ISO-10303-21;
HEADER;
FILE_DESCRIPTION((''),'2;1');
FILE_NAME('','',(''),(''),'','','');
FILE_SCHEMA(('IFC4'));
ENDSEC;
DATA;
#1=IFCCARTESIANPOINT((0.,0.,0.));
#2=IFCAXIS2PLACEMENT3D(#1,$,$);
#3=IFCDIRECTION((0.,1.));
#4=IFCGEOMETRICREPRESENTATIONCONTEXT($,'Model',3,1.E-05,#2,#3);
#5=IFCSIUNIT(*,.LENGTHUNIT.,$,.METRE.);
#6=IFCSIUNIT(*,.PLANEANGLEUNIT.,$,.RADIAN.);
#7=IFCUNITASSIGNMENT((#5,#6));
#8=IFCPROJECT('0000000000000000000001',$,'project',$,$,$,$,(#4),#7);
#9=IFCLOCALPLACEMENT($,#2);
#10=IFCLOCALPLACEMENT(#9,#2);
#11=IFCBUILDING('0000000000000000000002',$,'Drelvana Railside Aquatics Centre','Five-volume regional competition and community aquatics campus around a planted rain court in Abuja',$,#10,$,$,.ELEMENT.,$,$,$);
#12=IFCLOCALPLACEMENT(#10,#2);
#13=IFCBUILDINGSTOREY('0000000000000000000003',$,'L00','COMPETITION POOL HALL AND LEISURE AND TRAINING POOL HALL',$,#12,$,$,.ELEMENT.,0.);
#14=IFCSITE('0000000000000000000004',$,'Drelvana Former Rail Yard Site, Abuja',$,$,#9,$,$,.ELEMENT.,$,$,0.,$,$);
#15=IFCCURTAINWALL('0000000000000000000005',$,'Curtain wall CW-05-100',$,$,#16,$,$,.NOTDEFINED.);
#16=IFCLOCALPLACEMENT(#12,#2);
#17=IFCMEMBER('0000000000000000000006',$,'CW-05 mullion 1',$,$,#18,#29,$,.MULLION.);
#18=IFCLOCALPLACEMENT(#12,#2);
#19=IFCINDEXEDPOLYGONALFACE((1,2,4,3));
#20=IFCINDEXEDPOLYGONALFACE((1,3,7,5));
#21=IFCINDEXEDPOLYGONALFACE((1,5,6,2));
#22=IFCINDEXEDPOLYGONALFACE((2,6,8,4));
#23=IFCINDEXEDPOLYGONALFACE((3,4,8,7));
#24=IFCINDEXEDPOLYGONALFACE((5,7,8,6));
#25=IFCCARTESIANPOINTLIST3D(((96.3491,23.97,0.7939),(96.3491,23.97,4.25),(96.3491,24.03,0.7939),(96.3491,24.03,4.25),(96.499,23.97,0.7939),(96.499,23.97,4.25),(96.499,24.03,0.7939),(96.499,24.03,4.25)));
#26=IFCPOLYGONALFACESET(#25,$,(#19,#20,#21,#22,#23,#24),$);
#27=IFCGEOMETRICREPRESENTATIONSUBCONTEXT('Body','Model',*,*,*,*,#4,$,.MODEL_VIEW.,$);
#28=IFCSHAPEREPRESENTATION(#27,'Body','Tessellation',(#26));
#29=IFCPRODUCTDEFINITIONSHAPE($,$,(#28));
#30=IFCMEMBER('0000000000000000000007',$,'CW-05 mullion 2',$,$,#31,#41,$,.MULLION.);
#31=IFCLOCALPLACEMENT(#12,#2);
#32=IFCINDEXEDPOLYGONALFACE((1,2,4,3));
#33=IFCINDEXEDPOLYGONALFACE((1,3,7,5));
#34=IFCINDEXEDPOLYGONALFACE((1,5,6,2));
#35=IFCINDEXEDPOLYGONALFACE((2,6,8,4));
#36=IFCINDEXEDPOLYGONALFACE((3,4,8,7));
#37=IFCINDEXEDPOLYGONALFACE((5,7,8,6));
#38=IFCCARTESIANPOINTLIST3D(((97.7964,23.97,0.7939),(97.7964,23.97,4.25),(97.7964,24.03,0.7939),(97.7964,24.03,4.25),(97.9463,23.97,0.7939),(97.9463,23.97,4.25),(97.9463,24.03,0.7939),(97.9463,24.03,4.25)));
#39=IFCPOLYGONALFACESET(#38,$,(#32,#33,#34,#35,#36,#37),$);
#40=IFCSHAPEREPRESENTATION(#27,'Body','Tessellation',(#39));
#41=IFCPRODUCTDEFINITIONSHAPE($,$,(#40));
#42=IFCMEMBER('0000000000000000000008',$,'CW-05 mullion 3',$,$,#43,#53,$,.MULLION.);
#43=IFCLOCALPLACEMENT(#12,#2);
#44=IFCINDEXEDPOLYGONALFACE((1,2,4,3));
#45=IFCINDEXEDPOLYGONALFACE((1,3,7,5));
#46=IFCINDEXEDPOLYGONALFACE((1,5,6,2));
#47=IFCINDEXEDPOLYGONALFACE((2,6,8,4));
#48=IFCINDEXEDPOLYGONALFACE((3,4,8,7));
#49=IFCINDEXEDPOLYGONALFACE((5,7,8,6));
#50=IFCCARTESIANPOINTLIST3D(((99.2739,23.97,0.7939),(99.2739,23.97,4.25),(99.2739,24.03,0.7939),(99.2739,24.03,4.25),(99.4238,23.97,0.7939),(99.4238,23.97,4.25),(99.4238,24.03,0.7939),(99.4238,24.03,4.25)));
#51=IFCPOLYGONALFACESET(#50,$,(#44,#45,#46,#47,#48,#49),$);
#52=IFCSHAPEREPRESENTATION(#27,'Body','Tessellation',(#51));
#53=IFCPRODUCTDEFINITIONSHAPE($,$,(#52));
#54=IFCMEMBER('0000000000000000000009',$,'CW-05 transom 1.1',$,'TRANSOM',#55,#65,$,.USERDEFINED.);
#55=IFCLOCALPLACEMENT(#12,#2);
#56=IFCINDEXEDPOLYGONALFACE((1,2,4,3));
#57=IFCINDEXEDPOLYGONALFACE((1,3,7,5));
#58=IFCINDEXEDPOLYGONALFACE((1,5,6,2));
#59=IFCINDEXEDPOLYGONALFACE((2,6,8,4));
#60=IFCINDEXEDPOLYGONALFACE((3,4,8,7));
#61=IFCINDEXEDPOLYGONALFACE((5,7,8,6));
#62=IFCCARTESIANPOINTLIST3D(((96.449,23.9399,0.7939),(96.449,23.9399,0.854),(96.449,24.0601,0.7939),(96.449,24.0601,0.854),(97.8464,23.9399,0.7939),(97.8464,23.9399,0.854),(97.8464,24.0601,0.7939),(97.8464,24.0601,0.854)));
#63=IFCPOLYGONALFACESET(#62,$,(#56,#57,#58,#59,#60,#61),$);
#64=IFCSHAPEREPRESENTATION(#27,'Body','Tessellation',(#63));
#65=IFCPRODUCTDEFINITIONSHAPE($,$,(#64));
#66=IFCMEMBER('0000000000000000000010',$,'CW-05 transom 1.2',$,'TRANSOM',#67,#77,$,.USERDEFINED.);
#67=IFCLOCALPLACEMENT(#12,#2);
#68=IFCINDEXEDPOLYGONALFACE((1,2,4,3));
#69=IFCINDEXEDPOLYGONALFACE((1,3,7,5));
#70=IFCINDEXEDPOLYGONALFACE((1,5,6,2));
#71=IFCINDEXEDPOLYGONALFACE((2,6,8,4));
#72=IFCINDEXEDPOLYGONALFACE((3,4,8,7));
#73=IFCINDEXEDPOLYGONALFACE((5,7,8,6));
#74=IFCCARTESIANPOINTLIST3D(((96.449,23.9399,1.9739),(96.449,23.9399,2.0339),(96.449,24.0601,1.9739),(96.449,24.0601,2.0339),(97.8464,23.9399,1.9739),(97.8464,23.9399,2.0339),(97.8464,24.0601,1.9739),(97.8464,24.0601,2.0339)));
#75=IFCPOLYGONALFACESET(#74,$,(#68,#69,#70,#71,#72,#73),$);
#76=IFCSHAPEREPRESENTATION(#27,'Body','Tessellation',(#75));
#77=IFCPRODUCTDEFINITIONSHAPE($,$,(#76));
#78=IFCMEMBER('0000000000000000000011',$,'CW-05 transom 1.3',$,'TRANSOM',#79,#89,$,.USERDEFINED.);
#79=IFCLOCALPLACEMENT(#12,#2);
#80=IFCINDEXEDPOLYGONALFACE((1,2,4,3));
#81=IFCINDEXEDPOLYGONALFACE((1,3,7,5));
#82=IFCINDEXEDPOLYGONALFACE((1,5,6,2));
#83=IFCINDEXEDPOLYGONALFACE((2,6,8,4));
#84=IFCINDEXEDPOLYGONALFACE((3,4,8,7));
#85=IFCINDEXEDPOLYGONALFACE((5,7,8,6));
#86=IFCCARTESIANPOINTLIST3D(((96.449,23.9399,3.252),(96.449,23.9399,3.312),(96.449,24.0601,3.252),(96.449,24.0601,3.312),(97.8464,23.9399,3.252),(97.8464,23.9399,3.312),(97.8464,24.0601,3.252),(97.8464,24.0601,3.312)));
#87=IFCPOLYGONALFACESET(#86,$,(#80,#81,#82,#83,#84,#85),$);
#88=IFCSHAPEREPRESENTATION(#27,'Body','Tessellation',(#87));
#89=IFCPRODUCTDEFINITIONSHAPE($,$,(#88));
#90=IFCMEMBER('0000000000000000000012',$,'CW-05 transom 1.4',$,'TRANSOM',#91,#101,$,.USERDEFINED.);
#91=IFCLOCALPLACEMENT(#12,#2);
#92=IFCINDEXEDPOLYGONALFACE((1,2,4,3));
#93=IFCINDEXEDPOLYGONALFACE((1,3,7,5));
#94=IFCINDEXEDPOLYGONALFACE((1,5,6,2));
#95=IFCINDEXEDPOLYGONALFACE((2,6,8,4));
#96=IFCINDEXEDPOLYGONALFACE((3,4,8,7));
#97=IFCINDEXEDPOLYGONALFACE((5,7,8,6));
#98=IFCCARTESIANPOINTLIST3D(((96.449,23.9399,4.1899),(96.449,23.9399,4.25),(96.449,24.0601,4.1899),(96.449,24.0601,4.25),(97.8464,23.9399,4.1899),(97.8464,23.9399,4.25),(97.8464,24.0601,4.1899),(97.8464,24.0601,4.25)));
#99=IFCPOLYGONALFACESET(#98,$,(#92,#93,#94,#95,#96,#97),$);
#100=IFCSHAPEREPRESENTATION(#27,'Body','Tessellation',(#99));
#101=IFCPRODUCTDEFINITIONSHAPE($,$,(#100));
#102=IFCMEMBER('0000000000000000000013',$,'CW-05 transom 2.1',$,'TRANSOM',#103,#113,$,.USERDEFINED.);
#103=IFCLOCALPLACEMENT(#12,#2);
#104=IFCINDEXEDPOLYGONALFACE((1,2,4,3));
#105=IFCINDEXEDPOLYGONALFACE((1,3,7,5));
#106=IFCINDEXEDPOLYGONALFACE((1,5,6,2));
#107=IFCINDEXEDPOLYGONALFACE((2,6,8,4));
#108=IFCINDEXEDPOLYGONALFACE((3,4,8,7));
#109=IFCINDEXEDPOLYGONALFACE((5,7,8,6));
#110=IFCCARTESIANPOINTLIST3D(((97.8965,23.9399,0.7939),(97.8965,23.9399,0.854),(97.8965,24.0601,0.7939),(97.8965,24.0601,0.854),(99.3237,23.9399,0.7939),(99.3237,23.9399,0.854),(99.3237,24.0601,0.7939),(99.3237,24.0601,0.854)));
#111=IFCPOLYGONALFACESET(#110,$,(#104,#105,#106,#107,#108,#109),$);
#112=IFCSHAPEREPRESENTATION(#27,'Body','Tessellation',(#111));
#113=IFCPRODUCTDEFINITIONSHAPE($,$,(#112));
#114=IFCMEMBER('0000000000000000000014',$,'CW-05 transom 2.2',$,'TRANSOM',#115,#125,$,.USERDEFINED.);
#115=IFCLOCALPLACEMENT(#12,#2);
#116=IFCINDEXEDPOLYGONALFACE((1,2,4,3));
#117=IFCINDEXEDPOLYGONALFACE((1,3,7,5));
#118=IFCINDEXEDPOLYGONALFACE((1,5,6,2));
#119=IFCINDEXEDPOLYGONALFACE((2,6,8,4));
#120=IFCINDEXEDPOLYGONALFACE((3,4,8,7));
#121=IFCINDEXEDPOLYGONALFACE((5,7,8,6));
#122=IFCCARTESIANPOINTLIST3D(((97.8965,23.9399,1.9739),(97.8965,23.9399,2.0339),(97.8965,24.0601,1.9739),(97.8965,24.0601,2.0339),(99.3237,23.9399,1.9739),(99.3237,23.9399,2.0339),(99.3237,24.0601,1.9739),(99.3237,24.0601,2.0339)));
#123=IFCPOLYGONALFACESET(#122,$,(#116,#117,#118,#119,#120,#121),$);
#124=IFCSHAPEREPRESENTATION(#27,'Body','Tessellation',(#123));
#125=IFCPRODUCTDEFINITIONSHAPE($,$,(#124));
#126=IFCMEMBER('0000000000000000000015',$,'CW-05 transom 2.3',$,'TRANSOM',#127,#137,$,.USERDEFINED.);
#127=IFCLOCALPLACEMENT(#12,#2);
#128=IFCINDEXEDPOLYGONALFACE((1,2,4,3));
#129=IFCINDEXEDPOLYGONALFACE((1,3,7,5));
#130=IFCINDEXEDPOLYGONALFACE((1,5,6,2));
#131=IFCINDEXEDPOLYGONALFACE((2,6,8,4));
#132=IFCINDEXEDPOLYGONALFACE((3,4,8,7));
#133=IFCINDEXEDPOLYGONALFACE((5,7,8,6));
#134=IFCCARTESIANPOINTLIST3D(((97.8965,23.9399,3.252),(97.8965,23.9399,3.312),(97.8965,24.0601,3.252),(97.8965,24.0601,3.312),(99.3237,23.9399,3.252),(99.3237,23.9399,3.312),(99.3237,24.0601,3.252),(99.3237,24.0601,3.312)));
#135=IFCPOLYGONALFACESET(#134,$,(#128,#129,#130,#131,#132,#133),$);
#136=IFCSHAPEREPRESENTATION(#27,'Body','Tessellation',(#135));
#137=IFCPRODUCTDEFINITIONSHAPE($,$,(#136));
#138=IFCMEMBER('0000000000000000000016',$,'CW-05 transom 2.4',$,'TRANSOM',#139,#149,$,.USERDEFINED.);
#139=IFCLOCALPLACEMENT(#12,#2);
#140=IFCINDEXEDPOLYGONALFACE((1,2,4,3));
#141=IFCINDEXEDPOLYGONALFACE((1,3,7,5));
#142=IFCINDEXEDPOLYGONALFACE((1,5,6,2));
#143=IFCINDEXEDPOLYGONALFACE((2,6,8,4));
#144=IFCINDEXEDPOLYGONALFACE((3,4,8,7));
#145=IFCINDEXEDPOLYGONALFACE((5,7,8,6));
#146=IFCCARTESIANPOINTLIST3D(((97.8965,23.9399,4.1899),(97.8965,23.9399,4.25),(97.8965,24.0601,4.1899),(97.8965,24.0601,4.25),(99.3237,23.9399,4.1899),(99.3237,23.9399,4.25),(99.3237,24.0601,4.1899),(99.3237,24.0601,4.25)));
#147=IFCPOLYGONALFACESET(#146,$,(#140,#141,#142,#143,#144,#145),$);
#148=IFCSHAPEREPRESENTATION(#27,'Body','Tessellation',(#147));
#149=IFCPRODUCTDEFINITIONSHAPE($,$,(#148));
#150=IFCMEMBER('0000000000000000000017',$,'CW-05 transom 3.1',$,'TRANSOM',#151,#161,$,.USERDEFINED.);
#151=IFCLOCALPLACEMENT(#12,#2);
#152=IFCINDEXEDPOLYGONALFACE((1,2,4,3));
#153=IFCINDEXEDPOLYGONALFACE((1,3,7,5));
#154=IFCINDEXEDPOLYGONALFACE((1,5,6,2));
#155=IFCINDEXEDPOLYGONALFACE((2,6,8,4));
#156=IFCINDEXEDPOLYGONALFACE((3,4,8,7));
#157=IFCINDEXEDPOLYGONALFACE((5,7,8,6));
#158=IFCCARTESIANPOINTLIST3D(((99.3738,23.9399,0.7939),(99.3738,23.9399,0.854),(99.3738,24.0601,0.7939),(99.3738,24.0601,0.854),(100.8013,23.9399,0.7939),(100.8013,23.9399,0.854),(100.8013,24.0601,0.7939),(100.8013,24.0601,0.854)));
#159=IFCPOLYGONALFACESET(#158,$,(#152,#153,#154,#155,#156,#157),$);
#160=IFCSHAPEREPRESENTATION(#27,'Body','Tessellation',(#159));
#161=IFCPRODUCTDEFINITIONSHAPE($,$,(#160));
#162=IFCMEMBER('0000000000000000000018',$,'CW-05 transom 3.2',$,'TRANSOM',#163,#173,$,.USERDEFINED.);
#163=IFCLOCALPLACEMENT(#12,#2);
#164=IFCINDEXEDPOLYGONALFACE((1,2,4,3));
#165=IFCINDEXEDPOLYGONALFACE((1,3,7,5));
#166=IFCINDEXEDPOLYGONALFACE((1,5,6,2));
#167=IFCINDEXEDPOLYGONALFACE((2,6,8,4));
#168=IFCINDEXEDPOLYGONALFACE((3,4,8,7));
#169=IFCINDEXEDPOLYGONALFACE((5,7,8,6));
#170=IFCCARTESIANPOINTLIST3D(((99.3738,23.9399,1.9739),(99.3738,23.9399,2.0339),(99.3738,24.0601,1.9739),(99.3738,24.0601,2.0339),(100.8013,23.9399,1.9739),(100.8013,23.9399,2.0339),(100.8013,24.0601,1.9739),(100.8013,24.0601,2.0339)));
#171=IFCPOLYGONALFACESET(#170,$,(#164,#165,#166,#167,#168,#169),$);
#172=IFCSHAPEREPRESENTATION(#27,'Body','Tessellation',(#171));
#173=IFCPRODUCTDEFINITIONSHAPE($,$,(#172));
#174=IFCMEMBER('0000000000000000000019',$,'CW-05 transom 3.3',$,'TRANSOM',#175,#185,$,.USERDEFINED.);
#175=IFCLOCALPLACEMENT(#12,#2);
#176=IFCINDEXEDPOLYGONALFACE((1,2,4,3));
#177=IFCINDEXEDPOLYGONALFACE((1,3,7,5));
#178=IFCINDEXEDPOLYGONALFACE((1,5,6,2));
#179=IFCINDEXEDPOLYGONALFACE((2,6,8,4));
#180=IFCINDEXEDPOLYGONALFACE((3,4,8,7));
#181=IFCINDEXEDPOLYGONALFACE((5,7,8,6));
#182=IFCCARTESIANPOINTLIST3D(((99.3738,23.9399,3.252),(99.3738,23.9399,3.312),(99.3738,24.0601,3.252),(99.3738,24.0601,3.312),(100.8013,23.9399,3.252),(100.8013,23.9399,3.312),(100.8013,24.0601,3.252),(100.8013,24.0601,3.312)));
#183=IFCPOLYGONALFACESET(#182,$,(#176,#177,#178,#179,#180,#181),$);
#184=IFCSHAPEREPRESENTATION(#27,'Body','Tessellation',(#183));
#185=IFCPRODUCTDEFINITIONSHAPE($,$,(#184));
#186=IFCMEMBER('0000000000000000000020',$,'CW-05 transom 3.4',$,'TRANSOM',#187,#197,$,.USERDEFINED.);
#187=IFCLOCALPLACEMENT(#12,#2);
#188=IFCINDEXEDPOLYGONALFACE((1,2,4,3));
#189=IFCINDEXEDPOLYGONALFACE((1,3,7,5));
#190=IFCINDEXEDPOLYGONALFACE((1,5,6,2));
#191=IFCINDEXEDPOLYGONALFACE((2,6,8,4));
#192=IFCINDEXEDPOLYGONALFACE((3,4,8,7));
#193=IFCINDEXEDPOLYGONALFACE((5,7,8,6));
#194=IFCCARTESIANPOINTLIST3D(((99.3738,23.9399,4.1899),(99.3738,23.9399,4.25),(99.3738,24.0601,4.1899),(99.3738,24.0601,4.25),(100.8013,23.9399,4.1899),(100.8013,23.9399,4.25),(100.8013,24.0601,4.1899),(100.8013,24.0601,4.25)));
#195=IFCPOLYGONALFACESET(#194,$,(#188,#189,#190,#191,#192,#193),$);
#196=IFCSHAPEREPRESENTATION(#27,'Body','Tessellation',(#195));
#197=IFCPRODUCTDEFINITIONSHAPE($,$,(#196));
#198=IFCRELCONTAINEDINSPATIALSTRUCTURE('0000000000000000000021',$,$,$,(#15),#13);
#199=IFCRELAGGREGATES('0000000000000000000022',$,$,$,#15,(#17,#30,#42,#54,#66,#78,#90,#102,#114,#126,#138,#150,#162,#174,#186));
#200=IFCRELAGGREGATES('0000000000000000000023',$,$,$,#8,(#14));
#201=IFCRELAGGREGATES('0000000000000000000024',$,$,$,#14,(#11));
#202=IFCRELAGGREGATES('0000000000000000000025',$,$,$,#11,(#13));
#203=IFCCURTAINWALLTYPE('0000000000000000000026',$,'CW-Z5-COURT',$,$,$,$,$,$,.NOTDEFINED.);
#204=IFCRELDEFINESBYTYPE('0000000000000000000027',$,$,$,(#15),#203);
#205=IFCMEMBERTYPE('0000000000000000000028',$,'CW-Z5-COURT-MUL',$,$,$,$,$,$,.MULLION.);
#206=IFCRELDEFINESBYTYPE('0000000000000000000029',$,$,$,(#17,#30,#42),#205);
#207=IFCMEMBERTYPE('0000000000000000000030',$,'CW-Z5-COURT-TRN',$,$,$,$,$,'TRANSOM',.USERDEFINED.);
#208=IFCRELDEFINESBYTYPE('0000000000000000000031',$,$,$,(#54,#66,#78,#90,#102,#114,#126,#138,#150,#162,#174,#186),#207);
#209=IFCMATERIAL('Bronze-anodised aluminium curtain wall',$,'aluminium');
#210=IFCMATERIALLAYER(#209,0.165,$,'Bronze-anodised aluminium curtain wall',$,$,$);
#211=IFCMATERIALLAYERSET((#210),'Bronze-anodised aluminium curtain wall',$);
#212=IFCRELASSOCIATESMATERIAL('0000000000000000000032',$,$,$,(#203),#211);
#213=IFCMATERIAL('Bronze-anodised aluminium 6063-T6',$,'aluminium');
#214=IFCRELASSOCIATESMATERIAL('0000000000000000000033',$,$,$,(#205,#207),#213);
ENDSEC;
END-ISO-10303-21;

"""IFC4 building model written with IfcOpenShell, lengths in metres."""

from ifc_helpers import new_model, si_unit, direction, frame, origin, origin_2d, place, context, subcontext, project, spatial, rectangle, extrude, material, layer, layer_set, material_profile, profile_set, type_object, element, aggregate, save


model = new_model("IFC4")

# Units and contexts
model_context = context("Model", 3, precision=1e-05, world=origin(), true_north=direction((0.0, 1.0)))
body_context = subcontext(model_context, "Body", "Model", "MODEL_VIEW")
ifc_project = project(units=[si_unit("LENGTHUNIT", "METRE"), si_unit("PLANEANGLEUNIT", "RADIAN")], contexts=[model_context])

# Site, building, storey
site_placement = place(None, origin())
site = spatial("IfcSite", under=ifc_project, at=site_placement, Name="Drelvana Former Rail Yard Site, Abuja", CompositionType="ELEMENT", RefElevation=0.0)
building_placement = place(site_placement, origin())
building = spatial("IfcBuilding", under=site, at=building_placement, Name="Drelvana Railside Aquatics Centre", Description="Five-volume regional competition and community aquatics campus around a planted rain court in Abuja", CompositionType="ELEMENT")
storey_placement = place(building_placement, origin())
storey = spatial("IfcBuildingStorey", under=building, at=storey_placement, Name="L00", Description="COMPETITION POOL HALL AND LEISURE AND TRAINING POOL HALL", CompositionType="ELEMENT", Elevation=0.0)

# Curtain wall, members
ifc_material_1 = material(Name="Bronze-anodised aluminium curtain wall", Category="aluminium")
ifc_layer_1 = layer(ifc_material_1, 0.165, Name="Bronze-anodised aluminium curtain wall")
ifc_layer_set_1 = layer_set([ifc_layer_1], Name="Bronze-anodised aluminium curtain wall")
curtain_wall_type = type_object("IfcCurtainWallType", Name="CW-Z5-COURT", PredefinedType="NOTDEFINED", material=ifc_layer_set_1)
curtain_wall_placement = place(storey_placement, origin())
curtain_wall = element("IfcCurtainWall", 1, at=curtain_wall_placement, inside=storey, type_object=curtain_wall_type, Name="Curtain wall CW-05-100", PredefinedType="NOTDEFINED")
ifc_material_2 = material(Name="Bronze-anodised aluminium 6063-T6", Category="aluminium")
ifc_material_profile_1 = material_profile(ifc_material_2, rectangle(XDim=0.0601, YDim=0.1499, at=origin_2d()), Name="ALU-M 60x150")
ifc_profile_set_1 = profile_set([ifc_material_profile_1], Name="Bronze-anodised aluminium 6063-T6")
member_type_1 = type_object("IfcMemberType", Name="CW-Z5-COURT-MUL", PredefinedType="MULLION", material=ifc_profile_set_1)
member_1_placement = place(storey_placement, frame((96.4241, 24.0, 0.7939), z_axis=(0.0, 0.0, 1.0), x_axis=(0.0, 1.0, 0.0)))
member_1 = element("IfcMember", 2, at=member_1_placement, type_object=member_type_1, Name="CW-05 mullion 1", PredefinedType="MULLION", context=body_context, shape_type="SweptSolid", body=[
    extrude(rectangle(XDim=0.0601, YDim=0.1499, at=origin_2d()), origin(), (0.0, 0.0, 1.0), 3.4561),
])
member_2_placement = place(storey_placement, frame((97.8713, 24.0, 0.7939), z_axis=(0.0, 0.0, 1.0), x_axis=(0.0, 1.0, 0.0)))
member_2 = element("IfcMember", 3, at=member_2_placement, type_object=member_type_1, Name="CW-05 mullion 2", PredefinedType="MULLION", context=body_context, shape_type="SweptSolid", body=[
    extrude(rectangle(XDim=0.0601, YDim=0.1499, at=origin_2d()), origin(), (0.0, 0.0, 1.0), 3.4561),
])
member_3_placement = place(storey_placement, frame((99.3489, 24.0, 0.7939), z_axis=(0.0, 0.0, 1.0), x_axis=(0.0, 1.0, 0.0)))
member_3 = element("IfcMember", 4, at=member_3_placement, type_object=member_type_1, Name="CW-05 mullion 3", PredefinedType="MULLION", context=body_context, shape_type="SweptSolid", body=[
    extrude(rectangle(XDim=0.0601, YDim=0.1499, at=origin_2d()), origin(), (0.0, 0.0, 1.0), 3.4561),
])
ifc_material_profile_2 = material_profile(ifc_material_2, rectangle(XDim=0.1201, YDim=0.0601, at=origin_2d()), Name="ALU-T 60x120")
ifc_profile_set_2 = profile_set([ifc_material_profile_2], Name="Bronze-anodised aluminium 6063-T6")
member_type_2 = type_object("IfcMemberType", Name="CW-Z5-COURT-TRN", ElementType="TRANSOM", PredefinedType="USERDEFINED", material=ifc_profile_set_2)
member_4_placement = place(storey_placement, frame((96.449, 24.0, 0.824), z_axis=(1.0, 0.0, 0.0), x_axis=(0.0, 1.0, 0.0)))
member_4 = element("IfcMember", 5, at=member_4_placement, type_object=member_type_2, Name="CW-05 transom 1.1", ObjectType="TRANSOM", PredefinedType="USERDEFINED", context=body_context, shape_type="SweptSolid", body=[
    extrude(rectangle(XDim=0.1201, YDim=0.0601, at=origin_2d()), origin(), (0.0, 0.0, 1.0), 1.3975),
])
member_5_placement = place(storey_placement, frame((96.449, 24.0, 2.0039), z_axis=(1.0, 0.0, 0.0), x_axis=(0.0, 1.0, 0.0)))
member_5 = element("IfcMember", 6, at=member_5_placement, type_object=member_type_2, Name="CW-05 transom 1.2", ObjectType="TRANSOM", PredefinedType="USERDEFINED", context=body_context, shape_type="SweptSolid", body=[
    extrude(rectangle(XDim=0.1201, YDim=0.0601, at=origin_2d()), origin(), (0.0, 0.0, 1.0), 1.3975),
])
member_6_placement = place(storey_placement, frame((96.449, 24.0, 3.282), z_axis=(1.0, 0.0, 0.0), x_axis=(0.0, 1.0, 0.0)))
member_6 = element("IfcMember", 7, at=member_6_placement, type_object=member_type_2, Name="CW-05 transom 1.3", ObjectType="TRANSOM", PredefinedType="USERDEFINED", context=body_context, shape_type="SweptSolid", body=[
    extrude(rectangle(XDim=0.1201, YDim=0.0601, at=origin_2d()), origin(), (0.0, 0.0, 1.0), 1.3975),
])
member_7_placement = place(storey_placement, frame((96.449, 24.0, 4.22), z_axis=(1.0, 0.0, 0.0), x_axis=(0.0, 1.0, 0.0)))
member_7 = element("IfcMember", 8, at=member_7_placement, type_object=member_type_2, Name="CW-05 transom 1.4", ObjectType="TRANSOM", PredefinedType="USERDEFINED", context=body_context, shape_type="SweptSolid", body=[
    extrude(rectangle(XDim=0.1201, YDim=0.0601, at=origin_2d()), origin(), (0.0, 0.0, 1.0), 1.3975),
])
member_8_placement = place(storey_placement, frame((97.8965, 24.0, 0.824), z_axis=(1.0, 0.0, 0.0), x_axis=(0.0, 1.0, 0.0)))
member_8 = element("IfcMember", 9, at=member_8_placement, type_object=member_type_2, Name="CW-05 transom 2.1", ObjectType="TRANSOM", PredefinedType="USERDEFINED", context=body_context, shape_type="SweptSolid", body=[
    extrude(rectangle(XDim=0.1201, YDim=0.0601, at=origin_2d()), origin(), (0.0, 0.0, 1.0), 1.4272),
])
member_9_placement = place(storey_placement, frame((97.8965, 24.0, 2.0039), z_axis=(1.0, 0.0, 0.0), x_axis=(0.0, 1.0, 0.0)))
member_9 = element("IfcMember", 10, at=member_9_placement, type_object=member_type_2, Name="CW-05 transom 2.2", ObjectType="TRANSOM", PredefinedType="USERDEFINED", context=body_context, shape_type="SweptSolid", body=[
    extrude(rectangle(XDim=0.1201, YDim=0.0601, at=origin_2d()), origin(), (0.0, 0.0, 1.0), 1.4272),
])
member_10_placement = place(storey_placement, frame((97.8965, 24.0, 3.282), z_axis=(1.0, 0.0, 0.0), x_axis=(0.0, 1.0, 0.0)))
member_10 = element("IfcMember", 11, at=member_10_placement, type_object=member_type_2, Name="CW-05 transom 2.3", ObjectType="TRANSOM", PredefinedType="USERDEFINED", context=body_context, shape_type="SweptSolid", body=[
    extrude(rectangle(XDim=0.1201, YDim=0.0601, at=origin_2d()), origin(), (0.0, 0.0, 1.0), 1.4272),
])
member_11_placement = place(storey_placement, frame((97.8965, 24.0, 4.22), z_axis=(1.0, 0.0, 0.0), x_axis=(0.0, 1.0, 0.0)))
member_11 = element("IfcMember", 12, at=member_11_placement, type_object=member_type_2, Name="CW-05 transom 2.4", ObjectType="TRANSOM", PredefinedType="USERDEFINED", context=body_context, shape_type="SweptSolid", body=[
    extrude(rectangle(XDim=0.1201, YDim=0.0601, at=origin_2d()), origin(), (0.0, 0.0, 1.0), 1.4272),
])
member_12_placement = place(storey_placement, frame((99.3738, 24.0, 0.824), z_axis=(1.0, 0.0, 0.0), x_axis=(0.0, 1.0, 0.0)))
member_12 = element("IfcMember", 13, at=member_12_placement, type_object=member_type_2, Name="CW-05 transom 3.1", ObjectType="TRANSOM", PredefinedType="USERDEFINED", context=body_context, shape_type="SweptSolid", body=[
    extrude(rectangle(XDim=0.1201, YDim=0.0601, at=origin_2d()), origin(), (0.0, 0.0, 1.0), 1.4275),
])
member_13_placement = place(storey_placement, frame((99.3738, 24.0, 2.0039), z_axis=(1.0, 0.0, 0.0), x_axis=(0.0, 1.0, 0.0)))
member_13 = element("IfcMember", 14, at=member_13_placement, type_object=member_type_2, Name="CW-05 transom 3.2", ObjectType="TRANSOM", PredefinedType="USERDEFINED", context=body_context, shape_type="SweptSolid", body=[
    extrude(rectangle(XDim=0.1201, YDim=0.0601, at=origin_2d()), origin(), (0.0, 0.0, 1.0), 1.4275),
])
member_14_placement = place(storey_placement, frame((99.3738, 24.0, 3.282), z_axis=(1.0, 0.0, 0.0), x_axis=(0.0, 1.0, 0.0)))
member_14 = element("IfcMember", 15, at=member_14_placement, type_object=member_type_2, Name="CW-05 transom 3.3", ObjectType="TRANSOM", PredefinedType="USERDEFINED", context=body_context, shape_type="SweptSolid", body=[
    extrude(rectangle(XDim=0.1201, YDim=0.0601, at=origin_2d()), origin(), (0.0, 0.0, 1.0), 1.4275),
])
member_15_placement = place(storey_placement, frame((99.3738, 24.0, 4.22), z_axis=(1.0, 0.0, 0.0), x_axis=(0.0, 1.0, 0.0)))
member_15 = element("IfcMember", 16, at=member_15_placement, type_object=member_type_2, Name="CW-05 transom 3.4", ObjectType="TRANSOM", PredefinedType="USERDEFINED", context=body_context, shape_type="SweptSolid", body=[
    extrude(rectangle(XDim=0.1201, YDim=0.0601, at=origin_2d()), origin(), (0.0, 0.0, 1.0), 1.4275),
])

aggregate(curtain_wall, [member_1, member_2, member_3, member_4, member_5, member_6, member_7, member_8, member_9, member_10, member_11, member_12, member_13, member_14, member_15])

save(model, "model.ifc")
